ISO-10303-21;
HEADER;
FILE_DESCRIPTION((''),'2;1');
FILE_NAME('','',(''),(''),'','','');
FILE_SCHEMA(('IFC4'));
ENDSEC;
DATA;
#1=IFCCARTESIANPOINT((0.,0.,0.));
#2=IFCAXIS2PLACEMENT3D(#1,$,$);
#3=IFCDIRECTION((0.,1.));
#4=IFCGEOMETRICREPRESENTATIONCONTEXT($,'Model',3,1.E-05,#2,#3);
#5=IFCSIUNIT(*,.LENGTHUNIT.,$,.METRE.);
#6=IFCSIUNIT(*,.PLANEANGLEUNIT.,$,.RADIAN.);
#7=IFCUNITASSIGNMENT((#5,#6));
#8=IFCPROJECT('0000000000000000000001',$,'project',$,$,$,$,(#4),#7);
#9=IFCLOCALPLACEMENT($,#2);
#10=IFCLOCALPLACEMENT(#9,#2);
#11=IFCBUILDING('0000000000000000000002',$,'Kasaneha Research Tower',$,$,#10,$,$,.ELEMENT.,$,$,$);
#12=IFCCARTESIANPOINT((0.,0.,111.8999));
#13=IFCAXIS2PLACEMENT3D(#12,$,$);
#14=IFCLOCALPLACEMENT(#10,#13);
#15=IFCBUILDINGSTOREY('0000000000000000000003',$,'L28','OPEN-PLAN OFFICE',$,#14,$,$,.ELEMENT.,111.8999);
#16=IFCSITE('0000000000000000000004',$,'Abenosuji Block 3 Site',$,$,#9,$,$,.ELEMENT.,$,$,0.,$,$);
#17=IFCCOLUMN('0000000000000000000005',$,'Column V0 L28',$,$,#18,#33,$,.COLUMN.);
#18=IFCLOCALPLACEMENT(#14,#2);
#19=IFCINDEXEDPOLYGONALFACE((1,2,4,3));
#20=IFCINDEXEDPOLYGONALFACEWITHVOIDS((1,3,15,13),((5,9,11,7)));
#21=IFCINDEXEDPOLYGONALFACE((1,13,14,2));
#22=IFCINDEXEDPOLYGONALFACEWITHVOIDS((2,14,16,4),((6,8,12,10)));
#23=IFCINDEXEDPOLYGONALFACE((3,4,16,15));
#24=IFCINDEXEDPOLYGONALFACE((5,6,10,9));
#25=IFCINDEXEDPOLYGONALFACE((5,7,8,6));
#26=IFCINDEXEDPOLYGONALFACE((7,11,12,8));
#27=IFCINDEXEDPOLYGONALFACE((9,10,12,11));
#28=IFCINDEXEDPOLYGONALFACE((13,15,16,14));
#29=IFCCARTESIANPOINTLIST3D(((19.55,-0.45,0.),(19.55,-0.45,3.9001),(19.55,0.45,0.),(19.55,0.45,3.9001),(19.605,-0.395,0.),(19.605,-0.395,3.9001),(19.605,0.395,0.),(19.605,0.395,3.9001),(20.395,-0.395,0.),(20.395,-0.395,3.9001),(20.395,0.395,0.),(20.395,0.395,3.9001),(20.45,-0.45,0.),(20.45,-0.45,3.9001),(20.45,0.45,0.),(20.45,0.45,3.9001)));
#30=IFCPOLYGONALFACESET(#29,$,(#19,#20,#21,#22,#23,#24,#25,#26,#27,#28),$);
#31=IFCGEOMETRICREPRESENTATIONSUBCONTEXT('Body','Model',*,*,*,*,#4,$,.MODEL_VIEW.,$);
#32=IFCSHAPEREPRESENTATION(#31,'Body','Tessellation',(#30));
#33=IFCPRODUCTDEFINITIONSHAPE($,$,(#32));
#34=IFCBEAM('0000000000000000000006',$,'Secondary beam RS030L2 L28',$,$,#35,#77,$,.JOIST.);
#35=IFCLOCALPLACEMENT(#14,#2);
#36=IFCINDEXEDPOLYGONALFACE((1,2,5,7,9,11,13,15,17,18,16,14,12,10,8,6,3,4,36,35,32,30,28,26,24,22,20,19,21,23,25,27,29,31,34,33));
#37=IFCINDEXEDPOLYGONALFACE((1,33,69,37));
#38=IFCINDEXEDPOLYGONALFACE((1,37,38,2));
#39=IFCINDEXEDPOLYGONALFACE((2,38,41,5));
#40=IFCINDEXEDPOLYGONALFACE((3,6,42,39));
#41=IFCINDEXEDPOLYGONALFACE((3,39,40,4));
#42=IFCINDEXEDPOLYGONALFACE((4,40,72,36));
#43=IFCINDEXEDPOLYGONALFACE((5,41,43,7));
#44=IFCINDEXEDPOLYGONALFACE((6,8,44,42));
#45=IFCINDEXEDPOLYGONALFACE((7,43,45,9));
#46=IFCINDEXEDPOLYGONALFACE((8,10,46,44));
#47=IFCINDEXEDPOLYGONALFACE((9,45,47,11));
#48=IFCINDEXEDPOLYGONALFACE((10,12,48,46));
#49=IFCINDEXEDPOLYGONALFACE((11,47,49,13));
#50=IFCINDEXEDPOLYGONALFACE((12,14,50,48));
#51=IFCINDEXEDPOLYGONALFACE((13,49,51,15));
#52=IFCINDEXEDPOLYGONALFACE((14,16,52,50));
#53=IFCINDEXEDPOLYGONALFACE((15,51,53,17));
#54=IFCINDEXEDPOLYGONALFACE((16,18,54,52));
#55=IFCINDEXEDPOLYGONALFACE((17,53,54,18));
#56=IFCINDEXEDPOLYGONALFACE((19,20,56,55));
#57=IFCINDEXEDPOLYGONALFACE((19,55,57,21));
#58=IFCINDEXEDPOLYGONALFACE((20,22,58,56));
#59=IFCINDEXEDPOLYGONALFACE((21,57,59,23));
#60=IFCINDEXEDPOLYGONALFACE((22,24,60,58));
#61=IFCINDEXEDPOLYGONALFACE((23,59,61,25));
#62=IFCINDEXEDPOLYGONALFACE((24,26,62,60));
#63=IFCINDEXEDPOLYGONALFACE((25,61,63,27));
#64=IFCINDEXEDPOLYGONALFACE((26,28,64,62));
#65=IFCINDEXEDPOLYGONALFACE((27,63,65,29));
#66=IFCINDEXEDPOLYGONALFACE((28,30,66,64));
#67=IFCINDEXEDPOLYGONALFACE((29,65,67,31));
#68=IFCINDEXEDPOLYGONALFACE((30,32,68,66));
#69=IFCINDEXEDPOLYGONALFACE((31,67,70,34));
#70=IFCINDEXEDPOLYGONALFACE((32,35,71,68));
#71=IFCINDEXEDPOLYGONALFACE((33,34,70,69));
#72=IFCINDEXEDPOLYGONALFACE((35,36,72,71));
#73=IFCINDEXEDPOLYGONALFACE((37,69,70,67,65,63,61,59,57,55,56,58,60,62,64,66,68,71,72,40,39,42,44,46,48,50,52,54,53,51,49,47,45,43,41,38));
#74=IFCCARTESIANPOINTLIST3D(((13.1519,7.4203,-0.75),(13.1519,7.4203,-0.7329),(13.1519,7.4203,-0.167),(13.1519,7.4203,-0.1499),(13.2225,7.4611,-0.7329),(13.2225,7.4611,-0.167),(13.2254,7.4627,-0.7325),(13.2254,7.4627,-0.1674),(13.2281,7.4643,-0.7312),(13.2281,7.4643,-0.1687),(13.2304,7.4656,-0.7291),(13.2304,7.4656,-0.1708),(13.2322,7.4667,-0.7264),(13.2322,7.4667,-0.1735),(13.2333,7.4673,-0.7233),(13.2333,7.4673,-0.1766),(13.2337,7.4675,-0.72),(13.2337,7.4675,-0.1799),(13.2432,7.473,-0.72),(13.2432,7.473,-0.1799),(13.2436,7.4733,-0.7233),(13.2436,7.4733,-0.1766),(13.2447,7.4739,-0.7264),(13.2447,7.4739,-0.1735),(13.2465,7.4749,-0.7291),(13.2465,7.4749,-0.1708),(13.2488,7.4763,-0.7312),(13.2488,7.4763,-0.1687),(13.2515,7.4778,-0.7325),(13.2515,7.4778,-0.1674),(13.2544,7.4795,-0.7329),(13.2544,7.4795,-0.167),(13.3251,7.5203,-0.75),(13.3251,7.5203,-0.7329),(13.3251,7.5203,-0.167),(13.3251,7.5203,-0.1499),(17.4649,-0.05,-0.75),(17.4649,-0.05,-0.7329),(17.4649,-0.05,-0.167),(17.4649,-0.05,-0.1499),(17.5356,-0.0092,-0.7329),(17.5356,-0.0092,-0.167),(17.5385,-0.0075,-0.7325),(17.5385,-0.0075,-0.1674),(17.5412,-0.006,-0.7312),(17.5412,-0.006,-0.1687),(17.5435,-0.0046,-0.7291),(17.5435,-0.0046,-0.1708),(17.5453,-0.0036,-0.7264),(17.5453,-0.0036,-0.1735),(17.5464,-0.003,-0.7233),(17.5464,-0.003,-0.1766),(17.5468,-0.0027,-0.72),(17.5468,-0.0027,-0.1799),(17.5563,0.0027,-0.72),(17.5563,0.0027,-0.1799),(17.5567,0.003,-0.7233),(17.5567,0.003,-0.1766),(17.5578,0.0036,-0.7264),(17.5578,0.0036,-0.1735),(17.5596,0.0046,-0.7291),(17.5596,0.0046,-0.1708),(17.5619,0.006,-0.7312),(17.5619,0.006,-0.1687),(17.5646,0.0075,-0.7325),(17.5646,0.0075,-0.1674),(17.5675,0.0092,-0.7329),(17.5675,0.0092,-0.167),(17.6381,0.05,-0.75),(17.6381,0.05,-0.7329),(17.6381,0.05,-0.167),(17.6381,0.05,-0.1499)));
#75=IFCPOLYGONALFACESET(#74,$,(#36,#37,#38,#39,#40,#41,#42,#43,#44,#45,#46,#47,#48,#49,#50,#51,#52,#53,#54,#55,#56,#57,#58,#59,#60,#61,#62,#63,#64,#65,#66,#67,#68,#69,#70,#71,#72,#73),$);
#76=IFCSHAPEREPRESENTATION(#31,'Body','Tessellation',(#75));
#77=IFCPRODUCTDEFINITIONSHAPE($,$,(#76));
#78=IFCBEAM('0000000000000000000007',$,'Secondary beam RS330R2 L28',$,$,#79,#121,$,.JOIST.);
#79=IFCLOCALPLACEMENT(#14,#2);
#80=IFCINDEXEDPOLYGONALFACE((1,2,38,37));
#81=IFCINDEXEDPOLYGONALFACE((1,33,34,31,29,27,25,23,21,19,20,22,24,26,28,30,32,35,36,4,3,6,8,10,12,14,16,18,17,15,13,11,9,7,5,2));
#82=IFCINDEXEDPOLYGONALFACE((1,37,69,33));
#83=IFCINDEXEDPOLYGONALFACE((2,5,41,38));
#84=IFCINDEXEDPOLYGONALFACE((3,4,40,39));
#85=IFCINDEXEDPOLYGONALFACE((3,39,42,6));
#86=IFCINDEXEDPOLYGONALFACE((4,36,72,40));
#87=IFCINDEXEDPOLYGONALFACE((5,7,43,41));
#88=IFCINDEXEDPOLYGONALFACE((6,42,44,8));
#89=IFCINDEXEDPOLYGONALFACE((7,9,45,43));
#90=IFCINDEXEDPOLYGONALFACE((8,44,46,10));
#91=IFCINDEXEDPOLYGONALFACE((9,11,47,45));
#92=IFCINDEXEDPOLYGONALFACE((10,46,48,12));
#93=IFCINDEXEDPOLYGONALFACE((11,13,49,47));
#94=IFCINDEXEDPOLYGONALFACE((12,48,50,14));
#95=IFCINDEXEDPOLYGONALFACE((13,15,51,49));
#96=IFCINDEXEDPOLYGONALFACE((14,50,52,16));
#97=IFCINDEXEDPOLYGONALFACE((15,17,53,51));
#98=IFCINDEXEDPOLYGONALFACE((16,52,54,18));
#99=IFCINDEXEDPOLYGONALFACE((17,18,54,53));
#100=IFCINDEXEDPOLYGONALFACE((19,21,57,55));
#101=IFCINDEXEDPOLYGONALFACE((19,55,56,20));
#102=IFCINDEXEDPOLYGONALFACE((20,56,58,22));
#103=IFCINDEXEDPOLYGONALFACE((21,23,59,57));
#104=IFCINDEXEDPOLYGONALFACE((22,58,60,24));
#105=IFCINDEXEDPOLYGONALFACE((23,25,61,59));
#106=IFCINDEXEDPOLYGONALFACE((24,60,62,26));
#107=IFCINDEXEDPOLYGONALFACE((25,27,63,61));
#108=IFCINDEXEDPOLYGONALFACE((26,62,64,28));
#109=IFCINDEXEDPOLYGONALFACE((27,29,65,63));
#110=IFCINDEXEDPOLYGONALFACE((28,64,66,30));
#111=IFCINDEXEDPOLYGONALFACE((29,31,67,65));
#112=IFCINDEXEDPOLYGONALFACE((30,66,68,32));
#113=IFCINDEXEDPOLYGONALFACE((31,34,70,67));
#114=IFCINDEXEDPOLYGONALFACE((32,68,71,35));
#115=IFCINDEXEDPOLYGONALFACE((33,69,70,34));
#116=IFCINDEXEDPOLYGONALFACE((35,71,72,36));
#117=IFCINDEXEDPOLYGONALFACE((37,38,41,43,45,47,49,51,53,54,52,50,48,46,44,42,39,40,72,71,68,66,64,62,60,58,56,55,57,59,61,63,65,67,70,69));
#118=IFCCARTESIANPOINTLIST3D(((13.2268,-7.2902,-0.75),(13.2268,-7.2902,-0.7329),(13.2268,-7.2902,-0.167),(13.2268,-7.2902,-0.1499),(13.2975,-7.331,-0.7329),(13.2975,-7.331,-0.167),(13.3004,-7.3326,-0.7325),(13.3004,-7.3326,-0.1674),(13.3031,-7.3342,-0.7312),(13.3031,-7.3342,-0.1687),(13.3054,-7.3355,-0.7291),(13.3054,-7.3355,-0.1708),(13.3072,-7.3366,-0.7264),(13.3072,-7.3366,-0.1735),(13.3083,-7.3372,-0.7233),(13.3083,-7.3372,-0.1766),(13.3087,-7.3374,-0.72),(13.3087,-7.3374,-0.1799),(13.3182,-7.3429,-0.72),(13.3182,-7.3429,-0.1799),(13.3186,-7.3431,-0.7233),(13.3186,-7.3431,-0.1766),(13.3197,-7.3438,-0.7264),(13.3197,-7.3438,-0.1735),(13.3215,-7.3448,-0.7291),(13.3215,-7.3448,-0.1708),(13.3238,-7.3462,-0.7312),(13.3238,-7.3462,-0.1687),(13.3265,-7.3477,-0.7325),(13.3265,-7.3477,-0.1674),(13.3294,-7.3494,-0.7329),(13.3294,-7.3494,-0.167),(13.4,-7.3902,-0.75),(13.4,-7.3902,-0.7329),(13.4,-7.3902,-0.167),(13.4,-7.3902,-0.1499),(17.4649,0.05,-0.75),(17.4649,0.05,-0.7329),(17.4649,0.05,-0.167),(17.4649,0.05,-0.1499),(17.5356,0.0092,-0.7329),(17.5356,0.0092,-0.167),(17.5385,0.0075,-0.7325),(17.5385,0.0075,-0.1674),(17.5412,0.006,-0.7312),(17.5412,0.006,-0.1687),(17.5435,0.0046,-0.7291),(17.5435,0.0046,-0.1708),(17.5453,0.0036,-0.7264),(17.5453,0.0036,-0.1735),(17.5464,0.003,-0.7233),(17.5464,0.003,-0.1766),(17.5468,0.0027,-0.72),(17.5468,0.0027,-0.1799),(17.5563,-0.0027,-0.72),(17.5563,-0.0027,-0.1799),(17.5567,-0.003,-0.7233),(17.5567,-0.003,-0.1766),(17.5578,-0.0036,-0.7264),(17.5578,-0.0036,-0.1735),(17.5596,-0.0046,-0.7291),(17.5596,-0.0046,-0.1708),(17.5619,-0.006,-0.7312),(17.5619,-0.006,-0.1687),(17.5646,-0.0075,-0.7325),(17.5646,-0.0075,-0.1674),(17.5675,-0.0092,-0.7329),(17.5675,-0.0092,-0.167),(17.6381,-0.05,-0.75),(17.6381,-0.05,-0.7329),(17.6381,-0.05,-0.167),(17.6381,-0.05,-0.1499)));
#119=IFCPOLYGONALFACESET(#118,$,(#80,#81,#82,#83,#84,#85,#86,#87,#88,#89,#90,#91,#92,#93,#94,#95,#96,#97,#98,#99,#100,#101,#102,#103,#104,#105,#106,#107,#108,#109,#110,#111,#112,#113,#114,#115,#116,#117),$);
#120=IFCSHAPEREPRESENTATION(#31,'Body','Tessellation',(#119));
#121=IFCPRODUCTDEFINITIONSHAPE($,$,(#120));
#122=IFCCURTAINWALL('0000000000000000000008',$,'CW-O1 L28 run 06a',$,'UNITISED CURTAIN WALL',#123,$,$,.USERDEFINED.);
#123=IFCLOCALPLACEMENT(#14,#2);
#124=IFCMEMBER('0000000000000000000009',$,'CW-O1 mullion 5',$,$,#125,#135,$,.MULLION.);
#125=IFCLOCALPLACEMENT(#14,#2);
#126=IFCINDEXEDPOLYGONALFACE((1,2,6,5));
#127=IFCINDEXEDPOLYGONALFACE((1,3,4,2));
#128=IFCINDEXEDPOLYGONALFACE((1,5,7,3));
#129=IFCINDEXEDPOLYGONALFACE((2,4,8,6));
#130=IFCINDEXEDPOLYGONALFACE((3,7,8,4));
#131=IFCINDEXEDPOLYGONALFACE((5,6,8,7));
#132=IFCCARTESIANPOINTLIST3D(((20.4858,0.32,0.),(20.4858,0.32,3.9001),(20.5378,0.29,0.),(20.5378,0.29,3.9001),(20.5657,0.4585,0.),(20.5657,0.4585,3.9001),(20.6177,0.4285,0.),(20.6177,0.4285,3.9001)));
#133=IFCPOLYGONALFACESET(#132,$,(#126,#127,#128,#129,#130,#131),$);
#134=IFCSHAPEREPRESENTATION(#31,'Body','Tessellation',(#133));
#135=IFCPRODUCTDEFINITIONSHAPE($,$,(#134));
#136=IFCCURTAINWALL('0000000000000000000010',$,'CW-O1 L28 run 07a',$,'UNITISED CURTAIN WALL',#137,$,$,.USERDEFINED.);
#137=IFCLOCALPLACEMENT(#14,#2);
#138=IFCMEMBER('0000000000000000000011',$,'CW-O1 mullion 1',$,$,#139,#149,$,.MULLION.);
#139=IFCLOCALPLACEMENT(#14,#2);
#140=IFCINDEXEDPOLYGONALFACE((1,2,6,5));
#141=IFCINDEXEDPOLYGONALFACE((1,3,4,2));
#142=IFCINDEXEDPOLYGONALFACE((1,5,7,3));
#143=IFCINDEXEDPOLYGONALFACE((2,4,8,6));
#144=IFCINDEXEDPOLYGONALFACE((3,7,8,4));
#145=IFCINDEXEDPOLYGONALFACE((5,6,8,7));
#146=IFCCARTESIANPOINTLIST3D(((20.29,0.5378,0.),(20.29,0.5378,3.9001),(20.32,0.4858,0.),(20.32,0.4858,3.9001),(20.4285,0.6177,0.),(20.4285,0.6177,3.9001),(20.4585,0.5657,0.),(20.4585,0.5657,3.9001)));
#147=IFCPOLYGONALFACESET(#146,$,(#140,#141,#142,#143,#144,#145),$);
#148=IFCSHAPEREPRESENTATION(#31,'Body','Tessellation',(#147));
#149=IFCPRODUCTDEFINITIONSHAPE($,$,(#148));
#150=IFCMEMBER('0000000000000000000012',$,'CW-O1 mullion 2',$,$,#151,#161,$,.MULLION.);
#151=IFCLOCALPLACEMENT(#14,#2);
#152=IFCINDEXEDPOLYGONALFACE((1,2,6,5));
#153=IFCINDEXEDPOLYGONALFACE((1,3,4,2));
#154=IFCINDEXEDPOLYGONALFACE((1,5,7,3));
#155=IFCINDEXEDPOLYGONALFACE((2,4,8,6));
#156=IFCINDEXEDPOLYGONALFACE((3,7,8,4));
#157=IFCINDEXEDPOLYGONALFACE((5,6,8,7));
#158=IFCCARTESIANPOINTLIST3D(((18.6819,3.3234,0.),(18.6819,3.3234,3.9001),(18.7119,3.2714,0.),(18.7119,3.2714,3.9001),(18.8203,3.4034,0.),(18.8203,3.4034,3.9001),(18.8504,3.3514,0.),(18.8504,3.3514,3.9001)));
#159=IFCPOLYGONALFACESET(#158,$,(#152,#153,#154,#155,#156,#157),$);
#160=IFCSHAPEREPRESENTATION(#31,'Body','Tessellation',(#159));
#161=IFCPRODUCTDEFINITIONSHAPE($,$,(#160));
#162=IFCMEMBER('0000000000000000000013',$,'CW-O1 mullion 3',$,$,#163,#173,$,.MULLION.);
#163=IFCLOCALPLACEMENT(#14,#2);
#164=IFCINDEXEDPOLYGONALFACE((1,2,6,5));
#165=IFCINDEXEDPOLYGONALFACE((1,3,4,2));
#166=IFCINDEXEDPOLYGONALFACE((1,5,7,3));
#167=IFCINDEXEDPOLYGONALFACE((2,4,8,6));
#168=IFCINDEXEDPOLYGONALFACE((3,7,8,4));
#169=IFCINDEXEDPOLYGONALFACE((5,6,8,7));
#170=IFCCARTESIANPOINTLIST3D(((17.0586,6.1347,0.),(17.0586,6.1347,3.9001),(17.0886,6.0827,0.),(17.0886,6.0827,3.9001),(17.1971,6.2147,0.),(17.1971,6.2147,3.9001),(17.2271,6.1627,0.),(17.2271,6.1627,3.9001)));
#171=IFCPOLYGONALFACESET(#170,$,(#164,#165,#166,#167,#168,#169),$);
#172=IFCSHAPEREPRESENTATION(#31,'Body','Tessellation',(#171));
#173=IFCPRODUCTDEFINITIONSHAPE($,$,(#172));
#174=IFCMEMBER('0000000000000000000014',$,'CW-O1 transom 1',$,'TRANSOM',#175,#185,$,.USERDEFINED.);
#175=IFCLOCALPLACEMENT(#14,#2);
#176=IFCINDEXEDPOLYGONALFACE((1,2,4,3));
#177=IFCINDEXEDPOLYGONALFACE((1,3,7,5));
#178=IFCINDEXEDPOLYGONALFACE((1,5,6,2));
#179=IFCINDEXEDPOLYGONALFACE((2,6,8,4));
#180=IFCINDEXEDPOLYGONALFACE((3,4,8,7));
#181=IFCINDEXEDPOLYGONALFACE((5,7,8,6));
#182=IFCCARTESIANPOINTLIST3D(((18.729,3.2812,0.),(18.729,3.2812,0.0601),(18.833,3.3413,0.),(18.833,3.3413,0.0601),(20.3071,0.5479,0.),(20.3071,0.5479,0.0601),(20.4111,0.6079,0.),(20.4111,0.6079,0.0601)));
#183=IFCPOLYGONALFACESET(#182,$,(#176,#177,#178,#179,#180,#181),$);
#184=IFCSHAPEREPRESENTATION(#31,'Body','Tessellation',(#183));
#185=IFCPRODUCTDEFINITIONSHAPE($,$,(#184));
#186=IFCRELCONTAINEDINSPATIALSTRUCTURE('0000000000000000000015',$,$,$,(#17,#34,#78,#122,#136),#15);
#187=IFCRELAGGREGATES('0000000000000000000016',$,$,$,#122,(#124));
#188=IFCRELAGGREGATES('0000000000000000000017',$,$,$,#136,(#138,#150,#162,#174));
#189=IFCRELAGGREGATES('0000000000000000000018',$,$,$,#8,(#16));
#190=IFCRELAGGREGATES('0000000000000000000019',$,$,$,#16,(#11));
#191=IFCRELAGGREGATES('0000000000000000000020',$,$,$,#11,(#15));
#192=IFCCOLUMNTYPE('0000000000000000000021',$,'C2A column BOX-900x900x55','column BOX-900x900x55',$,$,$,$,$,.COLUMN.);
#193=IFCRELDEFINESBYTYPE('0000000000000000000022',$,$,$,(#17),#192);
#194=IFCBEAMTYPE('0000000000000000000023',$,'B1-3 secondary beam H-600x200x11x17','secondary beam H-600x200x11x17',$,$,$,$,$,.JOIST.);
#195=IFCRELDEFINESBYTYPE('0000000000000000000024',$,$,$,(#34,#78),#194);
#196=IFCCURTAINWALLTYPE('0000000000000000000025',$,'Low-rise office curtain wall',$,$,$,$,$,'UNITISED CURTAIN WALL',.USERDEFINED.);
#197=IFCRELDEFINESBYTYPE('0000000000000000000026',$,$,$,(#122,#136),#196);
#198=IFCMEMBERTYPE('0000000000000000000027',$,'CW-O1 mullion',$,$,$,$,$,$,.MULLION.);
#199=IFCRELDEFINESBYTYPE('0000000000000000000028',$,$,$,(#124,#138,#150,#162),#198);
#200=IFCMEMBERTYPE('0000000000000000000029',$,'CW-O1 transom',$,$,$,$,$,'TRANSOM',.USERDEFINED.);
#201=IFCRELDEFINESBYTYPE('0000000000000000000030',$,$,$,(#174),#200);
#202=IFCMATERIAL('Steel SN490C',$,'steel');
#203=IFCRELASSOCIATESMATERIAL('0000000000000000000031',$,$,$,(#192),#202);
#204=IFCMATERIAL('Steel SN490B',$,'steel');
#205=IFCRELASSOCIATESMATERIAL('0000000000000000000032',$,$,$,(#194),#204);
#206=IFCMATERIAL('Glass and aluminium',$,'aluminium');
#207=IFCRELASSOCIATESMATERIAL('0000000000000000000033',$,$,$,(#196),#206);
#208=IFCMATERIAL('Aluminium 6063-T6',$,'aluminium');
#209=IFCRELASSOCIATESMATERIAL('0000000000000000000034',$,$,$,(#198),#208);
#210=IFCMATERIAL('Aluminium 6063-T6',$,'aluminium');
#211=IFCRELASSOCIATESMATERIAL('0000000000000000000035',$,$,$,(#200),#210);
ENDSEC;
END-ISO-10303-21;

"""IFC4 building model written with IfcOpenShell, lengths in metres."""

from ifc_helpers import new_model, si_unit, direction, frame, origin, origin_2d, place, context, subcontext, project, spatial, rectangle, hollow_rectangle, i_section, extrude, material, material_profile, profile_set, type_object, element, aggregate, save


model = new_model("IFC4")

# Units and contexts
model_context = context("Model", 3, precision=1e-05, world=origin(), true_north=direction((0.0, 1.0)))
body_context = subcontext(model_context, "Body", "Model", "MODEL_VIEW")
ifc_project = project(units=[si_unit("LENGTHUNIT", "METRE"), si_unit("PLANEANGLEUNIT", "RADIAN")], contexts=[model_context])

# Site, building, storey
site_placement = place(None, origin())
site = spatial("IfcSite", under=ifc_project, at=site_placement, Name="Abenosuji Block 3 Site", CompositionType="ELEMENT", RefElevation=0.0)
building_placement = place(site_placement, origin())
building = spatial("IfcBuilding", under=site, at=building_placement, Name="Kasaneha Research Tower", CompositionType="ELEMENT")
storey_placement = place(building_placement, frame((0.0, 0.0, 111.8999)))
storey = spatial("IfcBuildingStorey", under=building, at=storey_placement, Name="L28", Description="OPEN-PLAN OFFICE", CompositionType="ELEMENT", Elevation=111.8999)

# Column
ifc_material_1 = material(Name="Steel SN490C", Category="steel")
ifc_material_profile_1 = material_profile(ifc_material_1, hollow_rectangle(XDim=0.8999, YDim=0.8999, WallThickness=0.0549, at=origin_2d()), Name="BOX-900x900x55")
ifc_profile_set_1 = profile_set([ifc_material_profile_1], Name="Steel SN490C")
column_type = type_object("IfcColumnType", Name="C2A column BOX-900x900x55", Description="column BOX-900x900x55", PredefinedType="COLUMN", material=ifc_profile_set_1)
column_placement = place(storey_placement, frame((20.0, 0.0, 0.0), z_axis=(0.0, 0.0, 1.0), x_axis=(1.0, 0.0, 0.0)))
element("IfcColumn", 1, at=column_placement, inside=storey, type_object=column_type, Name="Column V0 L28", PredefinedType="COLUMN", context=body_context, shape_type="SweptSolid", body=[
    extrude(hollow_rectangle(XDim=0.8999, YDim=0.8999, WallThickness=0.0549, at=origin_2d()), origin(), (0.0, 0.0, 1.0), 3.9001),
])

# Beams
ifc_material_2 = material(Name="Steel SN490B", Category="steel")
ifc_material_profile_2 = material_profile(ifc_material_2, i_section(OverallWidth=0.2, OverallDepth=0.6001, WebThickness=0.011, FlangeThickness=0.0171, FilletRadius=0.0129, at=origin_2d()), Name="H-600x200x11x17")
ifc_profile_set_2 = profile_set([ifc_material_profile_2], Name="Steel SN490B")
beam_type_1 = type_object("IfcBeamType", Name="B1-3 secondary beam H-600x200x11x17", Description="secondary beam H-600x200x11x17", PredefinedType="JOIST", material=ifc_profile_set_2)
beam_1_placement = place(storey_placement, frame((17.5515, 0.0, -0.45), z_axis=(-0.500005, 0.866023, 0.0), x_axis=(-0.866023, -0.500005, 0.0)))
element("IfcBeam", 2, at=beam_1_placement, inside=storey, type_object=beam_type_1, Name="Secondary beam RS030L2 L28", PredefinedType="JOIST", context=body_context, shape_type="SweptSolid", body=[
    extrude(i_section(OverallWidth=0.2, OverallDepth=0.6001, WebThickness=0.011, FlangeThickness=0.0171, FilletRadius=0.0129, at=origin_2d()), origin(), (0.0, 0.0, 1.0), 8.626),
])
beam_2_placement = place(storey_placement, frame((17.5515, 0.0, -0.45), z_axis=(-0.500021, -0.866013, 0.0), x_axis=(0.866013, -0.500021, 0.0)))
element("IfcBeam", 3, at=beam_2_placement, inside=storey, type_object=beam_type_1, Name="Secondary beam RS330R2 L28", PredefinedType="JOIST", context=body_context, shape_type="SweptSolid", body=[
    extrude(i_section(OverallWidth=0.2, OverallDepth=0.6001, WebThickness=0.011, FlangeThickness=0.0171, FilletRadius=0.0129, at=origin_2d()), origin(), (0.0, 0.0, 1.0), 8.4758),
])

# Curtain wall, member
ifc_material_3 = material(Name="Glass and aluminium", Category="aluminium")
curtain_wall_type = type_object("IfcCurtainWallType", Name="Low-rise office curtain wall", ElementType="UNITISED CURTAIN WALL", PredefinedType="USERDEFINED", material=ifc_material_3)
curtain_wall_1_placement = place(storey_placement, origin())
curtain_wall_1 = element("IfcCurtainWall", 4, at=curtain_wall_1_placement, inside=storey, type_object=curtain_wall_type, Name="CW-O1 L28 run 06a", ObjectType="UNITISED CURTAIN WALL", PredefinedType="USERDEFINED")
ifc_material_4 = material(Name="Aluminium 6063-T6", Category="aluminium")
ifc_material_profile_3 = material_profile(ifc_material_4, rectangle(XDim=0.0601, YDim=0.1599, at=origin_2d()), Name="CW-O1 mullion 60x160")
ifc_profile_set_3 = profile_set([ifc_material_profile_3], Name="Aluminium 6063-T6")
member_type_1 = type_object("IfcMemberType", Name="CW-O1 mullion", PredefinedType="MULLION", material=ifc_profile_set_3)
member_1_placement = place(storey_placement, frame((20.5518, 0.3743, 0.0), z_axis=(0.0, 0.0, 1.0), x_axis=(-0.866025, 0.5, 0.0)))
member_1 = element("IfcMember", 5, at=member_1_placement, type_object=member_type_1, Name="CW-O1 mullion 5", PredefinedType="MULLION", context=body_context, shape_type="SweptSolid", body=[
    extrude(rectangle(XDim=0.0601, YDim=0.1599, at=origin_2d()), origin(), (0.0, 0.0, 1.0), 3.9001),
])
aggregate(curtain_wall_1, [member_1])

# Curtain wall, members
curtain_wall_2_placement = place(storey_placement, origin())
curtain_wall_2 = element("IfcCurtainWall", 6, at=curtain_wall_2_placement, inside=storey, type_object=curtain_wall_type, Name="CW-O1 L28 run 07a", ObjectType="UNITISED CURTAIN WALL", PredefinedType="USERDEFINED")
member_2_placement = place(storey_placement, frame((20.3743, 0.5518, 0.0), z_axis=(0.0, 0.0, 1.0), x_axis=(-0.5, 0.866025, 0.0)))
member_2 = element("IfcMember", 7, at=member_2_placement, type_object=member_type_1, Name="CW-O1 mullion 1", PredefinedType="MULLION", context=body_context, shape_type="SweptSolid", body=[
    extrude(rectangle(XDim=0.0601, YDim=0.1599, at=origin_2d()), origin(), (0.0, 0.0, 1.0), 3.9001),
])
member_3_placement = place(storey_placement, frame((18.7661, 3.3374, 0.0), z_axis=(0.0, 0.0, 1.0), x_axis=(-0.5, 0.866025, 0.0)))
member_3 = element("IfcMember", 8, at=member_3_placement, type_object=member_type_1, Name="CW-O1 mullion 2", PredefinedType="MULLION", context=body_context, shape_type="SweptSolid", body=[
    extrude(rectangle(XDim=0.0601, YDim=0.1599, at=origin_2d()), origin(), (0.0, 0.0, 1.0), 3.9001),
])
member_4_placement = place(storey_placement, frame((17.1428, 6.1487, 0.0), z_axis=(0.0, 0.0, 1.0), x_axis=(-0.5, 0.866025, 0.0)))
member_4 = element("IfcMember", 9, at=member_4_placement, type_object=member_type_1, Name="CW-O1 mullion 3", PredefinedType="MULLION", context=body_context, shape_type="SweptSolid", body=[
    extrude(rectangle(XDim=0.0601, YDim=0.1599, at=origin_2d()), origin(), (0.0, 0.0, 1.0), 3.9001),
])
ifc_material_5 = material(Name="Aluminium 6063-T6", Category="aluminium")
ifc_material_profile_4 = material_profile(ifc_material_5, rectangle(XDim=0.1201, YDim=0.0601, at=origin_2d()), Name="CW-O1 transom 120x60")
ifc_profile_set_4 = profile_set([ifc_material_profile_4], Name="Aluminium 6063-T6")
member_type_2 = type_object("IfcMemberType", Name="CW-O1 transom", ElementType="TRANSOM", PredefinedType="USERDEFINED", material=ifc_profile_set_4)
member_5_placement = place(storey_placement, frame((20.3591, 0.5779, 0.03), z_axis=(-0.499999, 0.866026, 0.0), x_axis=(-0.866026, -0.499999, 0.0)))
member_5 = element("IfcMember", 10, at=member_5_placement, type_object=member_type_2, Name="CW-O1 transom 1", ObjectType="TRANSOM", PredefinedType="USERDEFINED", context=body_context, shape_type="SweptSolid", body=[
    extrude(rectangle(XDim=0.1201, YDim=0.0601, at=origin_2d()), origin(), (0.0, 0.0, 1.0), 3.1562),
])

aggregate(curtain_wall_2, [member_2, member_3, member_4, member_5])

save(model, "model.ifc")
